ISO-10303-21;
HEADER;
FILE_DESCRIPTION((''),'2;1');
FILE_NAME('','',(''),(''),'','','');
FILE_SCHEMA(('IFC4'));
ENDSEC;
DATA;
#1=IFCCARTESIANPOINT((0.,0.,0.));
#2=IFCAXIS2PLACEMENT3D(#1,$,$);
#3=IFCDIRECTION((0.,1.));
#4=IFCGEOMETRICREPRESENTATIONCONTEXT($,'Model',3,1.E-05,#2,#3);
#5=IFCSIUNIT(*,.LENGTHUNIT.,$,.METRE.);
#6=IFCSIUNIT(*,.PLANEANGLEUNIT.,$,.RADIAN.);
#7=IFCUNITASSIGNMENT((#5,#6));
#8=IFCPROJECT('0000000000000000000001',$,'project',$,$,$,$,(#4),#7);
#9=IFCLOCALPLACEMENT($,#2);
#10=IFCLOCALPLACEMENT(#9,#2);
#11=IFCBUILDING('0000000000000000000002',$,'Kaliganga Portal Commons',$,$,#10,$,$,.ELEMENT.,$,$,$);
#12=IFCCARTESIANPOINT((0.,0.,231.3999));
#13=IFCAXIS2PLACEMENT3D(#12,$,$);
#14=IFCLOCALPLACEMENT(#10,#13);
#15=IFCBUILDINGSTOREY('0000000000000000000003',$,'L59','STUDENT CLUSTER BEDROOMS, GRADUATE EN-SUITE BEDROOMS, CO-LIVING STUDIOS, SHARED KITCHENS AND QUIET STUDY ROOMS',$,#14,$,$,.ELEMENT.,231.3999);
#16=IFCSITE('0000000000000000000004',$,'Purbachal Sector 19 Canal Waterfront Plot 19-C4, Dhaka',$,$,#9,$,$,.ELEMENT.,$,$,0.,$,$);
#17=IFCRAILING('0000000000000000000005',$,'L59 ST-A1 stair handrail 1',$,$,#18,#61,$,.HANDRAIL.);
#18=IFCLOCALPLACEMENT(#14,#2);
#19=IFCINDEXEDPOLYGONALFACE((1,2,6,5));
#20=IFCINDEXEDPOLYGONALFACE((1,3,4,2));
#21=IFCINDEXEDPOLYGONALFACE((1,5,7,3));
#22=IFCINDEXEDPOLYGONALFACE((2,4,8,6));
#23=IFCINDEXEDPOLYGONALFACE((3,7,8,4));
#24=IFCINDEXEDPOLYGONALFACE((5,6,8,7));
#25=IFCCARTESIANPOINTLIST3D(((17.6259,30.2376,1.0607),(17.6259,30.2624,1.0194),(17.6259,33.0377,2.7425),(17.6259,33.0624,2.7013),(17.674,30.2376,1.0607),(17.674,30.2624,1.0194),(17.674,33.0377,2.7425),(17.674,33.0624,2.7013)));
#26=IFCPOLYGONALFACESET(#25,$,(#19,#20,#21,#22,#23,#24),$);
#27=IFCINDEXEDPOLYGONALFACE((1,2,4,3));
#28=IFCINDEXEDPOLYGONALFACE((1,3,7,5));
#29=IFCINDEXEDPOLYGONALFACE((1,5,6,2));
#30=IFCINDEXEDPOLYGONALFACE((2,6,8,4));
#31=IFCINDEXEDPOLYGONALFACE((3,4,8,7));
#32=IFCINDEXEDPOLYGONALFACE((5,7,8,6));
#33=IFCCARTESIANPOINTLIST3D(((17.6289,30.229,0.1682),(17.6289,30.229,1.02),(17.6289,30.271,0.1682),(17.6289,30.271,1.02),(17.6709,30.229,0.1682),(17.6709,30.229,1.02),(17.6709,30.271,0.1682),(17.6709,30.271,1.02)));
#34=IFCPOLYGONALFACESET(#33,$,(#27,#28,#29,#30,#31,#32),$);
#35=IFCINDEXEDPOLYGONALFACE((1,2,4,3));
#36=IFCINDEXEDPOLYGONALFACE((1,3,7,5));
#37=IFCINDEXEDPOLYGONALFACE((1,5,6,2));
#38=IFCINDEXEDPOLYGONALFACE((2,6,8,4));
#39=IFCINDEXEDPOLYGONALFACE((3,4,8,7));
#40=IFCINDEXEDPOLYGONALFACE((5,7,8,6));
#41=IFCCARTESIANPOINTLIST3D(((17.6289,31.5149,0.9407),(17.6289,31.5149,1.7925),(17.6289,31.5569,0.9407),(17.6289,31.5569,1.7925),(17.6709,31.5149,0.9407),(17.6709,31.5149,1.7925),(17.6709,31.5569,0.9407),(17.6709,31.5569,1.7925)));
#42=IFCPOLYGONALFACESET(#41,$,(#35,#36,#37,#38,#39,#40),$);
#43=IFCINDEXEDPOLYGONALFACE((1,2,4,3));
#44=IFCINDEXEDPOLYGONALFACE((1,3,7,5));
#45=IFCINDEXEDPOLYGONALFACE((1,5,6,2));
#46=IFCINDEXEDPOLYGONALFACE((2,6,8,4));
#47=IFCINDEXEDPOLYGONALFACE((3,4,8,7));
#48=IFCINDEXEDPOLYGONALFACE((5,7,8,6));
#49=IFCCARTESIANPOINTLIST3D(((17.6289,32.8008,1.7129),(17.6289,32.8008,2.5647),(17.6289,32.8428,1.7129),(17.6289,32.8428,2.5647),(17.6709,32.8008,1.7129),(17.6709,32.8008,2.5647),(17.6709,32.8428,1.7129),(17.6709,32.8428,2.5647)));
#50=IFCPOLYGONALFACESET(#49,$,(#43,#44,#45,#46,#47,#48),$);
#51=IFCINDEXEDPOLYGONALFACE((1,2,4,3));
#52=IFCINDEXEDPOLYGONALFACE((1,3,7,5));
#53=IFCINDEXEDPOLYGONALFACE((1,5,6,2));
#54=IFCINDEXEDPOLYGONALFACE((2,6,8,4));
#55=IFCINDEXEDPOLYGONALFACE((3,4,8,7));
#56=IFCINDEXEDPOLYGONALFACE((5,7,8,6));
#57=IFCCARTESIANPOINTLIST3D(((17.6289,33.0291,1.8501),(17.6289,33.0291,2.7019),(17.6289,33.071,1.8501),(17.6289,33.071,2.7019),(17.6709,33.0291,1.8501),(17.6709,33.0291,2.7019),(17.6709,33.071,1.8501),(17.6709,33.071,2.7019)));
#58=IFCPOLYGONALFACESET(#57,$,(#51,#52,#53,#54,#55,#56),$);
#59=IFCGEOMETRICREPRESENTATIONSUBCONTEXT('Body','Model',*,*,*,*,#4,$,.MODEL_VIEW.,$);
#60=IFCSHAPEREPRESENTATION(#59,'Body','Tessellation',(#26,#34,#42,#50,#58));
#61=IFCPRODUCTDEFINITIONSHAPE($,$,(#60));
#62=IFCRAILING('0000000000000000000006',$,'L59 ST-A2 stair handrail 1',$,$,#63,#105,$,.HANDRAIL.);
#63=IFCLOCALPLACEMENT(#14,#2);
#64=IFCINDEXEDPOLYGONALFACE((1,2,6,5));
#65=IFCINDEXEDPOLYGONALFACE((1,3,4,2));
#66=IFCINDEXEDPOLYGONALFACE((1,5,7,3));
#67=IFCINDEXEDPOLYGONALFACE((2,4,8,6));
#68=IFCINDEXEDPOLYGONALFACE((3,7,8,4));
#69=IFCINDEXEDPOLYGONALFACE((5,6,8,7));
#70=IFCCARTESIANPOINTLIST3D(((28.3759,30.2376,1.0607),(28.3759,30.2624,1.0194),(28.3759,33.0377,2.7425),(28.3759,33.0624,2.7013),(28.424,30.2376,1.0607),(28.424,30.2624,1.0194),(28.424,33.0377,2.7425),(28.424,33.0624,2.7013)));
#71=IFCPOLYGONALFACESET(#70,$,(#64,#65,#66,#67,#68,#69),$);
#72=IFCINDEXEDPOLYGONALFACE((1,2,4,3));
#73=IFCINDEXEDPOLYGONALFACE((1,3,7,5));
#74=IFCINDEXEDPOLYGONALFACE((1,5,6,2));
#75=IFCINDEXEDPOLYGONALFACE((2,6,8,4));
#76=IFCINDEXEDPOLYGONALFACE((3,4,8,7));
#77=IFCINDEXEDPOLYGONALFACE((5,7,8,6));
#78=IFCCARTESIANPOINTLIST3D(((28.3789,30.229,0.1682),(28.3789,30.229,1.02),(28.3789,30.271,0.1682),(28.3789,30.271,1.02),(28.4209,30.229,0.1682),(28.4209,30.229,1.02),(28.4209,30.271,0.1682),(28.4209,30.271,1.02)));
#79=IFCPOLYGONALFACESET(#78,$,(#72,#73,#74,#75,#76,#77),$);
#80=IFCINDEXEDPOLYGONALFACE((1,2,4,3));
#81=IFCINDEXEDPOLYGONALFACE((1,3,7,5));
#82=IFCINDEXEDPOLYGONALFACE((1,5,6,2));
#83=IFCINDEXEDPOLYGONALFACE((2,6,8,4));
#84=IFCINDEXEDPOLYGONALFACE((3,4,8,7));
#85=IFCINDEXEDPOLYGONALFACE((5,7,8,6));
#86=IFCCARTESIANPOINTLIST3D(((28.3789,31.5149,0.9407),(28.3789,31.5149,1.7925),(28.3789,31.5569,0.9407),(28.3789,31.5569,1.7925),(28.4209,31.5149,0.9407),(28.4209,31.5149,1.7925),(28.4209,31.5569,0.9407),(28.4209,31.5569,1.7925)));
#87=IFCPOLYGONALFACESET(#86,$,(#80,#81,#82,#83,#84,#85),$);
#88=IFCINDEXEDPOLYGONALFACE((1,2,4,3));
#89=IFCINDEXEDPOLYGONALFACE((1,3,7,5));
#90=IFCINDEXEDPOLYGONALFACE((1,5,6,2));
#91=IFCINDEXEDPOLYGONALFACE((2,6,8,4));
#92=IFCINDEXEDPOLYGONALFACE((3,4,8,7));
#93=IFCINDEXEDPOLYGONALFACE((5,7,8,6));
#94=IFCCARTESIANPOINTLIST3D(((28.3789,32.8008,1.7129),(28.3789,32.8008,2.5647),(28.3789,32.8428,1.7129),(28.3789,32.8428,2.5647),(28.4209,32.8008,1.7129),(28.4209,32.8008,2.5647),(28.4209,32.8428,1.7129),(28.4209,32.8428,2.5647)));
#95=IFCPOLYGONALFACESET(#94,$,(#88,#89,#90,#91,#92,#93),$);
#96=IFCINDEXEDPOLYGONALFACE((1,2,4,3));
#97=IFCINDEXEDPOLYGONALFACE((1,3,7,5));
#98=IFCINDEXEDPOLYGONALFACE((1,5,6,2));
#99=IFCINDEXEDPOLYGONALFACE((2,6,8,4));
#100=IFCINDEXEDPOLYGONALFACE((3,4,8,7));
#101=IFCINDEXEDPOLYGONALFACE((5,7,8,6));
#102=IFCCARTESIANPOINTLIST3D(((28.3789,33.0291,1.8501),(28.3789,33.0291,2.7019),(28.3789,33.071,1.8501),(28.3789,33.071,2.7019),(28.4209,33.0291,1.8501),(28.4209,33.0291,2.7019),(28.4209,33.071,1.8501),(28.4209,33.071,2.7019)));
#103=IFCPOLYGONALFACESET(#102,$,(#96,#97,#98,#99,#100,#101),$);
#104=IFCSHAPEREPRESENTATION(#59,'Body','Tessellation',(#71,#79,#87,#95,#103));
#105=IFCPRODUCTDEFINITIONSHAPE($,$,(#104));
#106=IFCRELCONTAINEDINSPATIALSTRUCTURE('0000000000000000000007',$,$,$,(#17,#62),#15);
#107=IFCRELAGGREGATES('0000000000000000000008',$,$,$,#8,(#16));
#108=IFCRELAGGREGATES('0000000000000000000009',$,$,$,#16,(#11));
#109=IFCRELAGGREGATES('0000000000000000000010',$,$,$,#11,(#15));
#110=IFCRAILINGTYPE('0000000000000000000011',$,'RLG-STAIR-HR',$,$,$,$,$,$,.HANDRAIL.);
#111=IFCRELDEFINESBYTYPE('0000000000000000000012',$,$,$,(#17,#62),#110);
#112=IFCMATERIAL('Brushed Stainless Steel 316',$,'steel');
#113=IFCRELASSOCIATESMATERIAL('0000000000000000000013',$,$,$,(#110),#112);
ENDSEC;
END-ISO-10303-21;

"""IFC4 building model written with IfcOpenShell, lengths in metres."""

from ifc_helpers import new_model, si_unit, direction, frame, origin, origin_2d, place, context, subcontext, project, spatial, rectangle, extrude, material, type_object, element, save


model = new_model("IFC4")

# Units and contexts
model_context = context("Model", 3, precision=1e-05, world=origin(), true_north=direction((0.0, 1.0)))
body_context = subcontext(model_context, "Body", "Model", "MODEL_VIEW")
ifc_project = project(units=[si_unit("LENGTHUNIT", "METRE"), si_unit("PLANEANGLEUNIT", "RADIAN")], contexts=[model_context])

# Site, building, storey
site_placement = place(None, origin())
site = spatial("IfcSite", under=ifc_project, at=site_placement, Name="Purbachal Sector 19 Canal Waterfront Plot 19-C4, Dhaka", CompositionType="ELEMENT", RefElevation=0.0)
building_placement = place(site_placement, origin())
building = spatial("IfcBuilding", under=site, at=building_placement, Name="Kaliganga Portal Commons", CompositionType="ELEMENT")
storey_placement = place(building_placement, frame((0.0, 0.0, 231.3999)))
storey = spatial("IfcBuildingStorey", under=building, at=storey_placement, Name="L59", Description="STUDENT CLUSTER BEDROOMS, GRADUATE EN-SUITE BEDROOMS, CO-LIVING STUDIOS, SHARED KITCHENS AND QUIET STUDY ROOMS", CompositionType="ELEMENT", Elevation=231.3999)

# Railings
ifc_material_1 = material(Name="Brushed Stainless Steel 316", Category="steel")
railing_type_1 = type_object("IfcRailingType", Name="RLG-STAIR-HR", PredefinedType="HANDRAIL", material=ifc_material_1)
for number, where, name in (
    (1, (17.6499, 30.25, 0.1682), "L59 ST-A1 stair handrail 1"),
    (2, (28.3999, 30.25, 0.1682), "L59 ST-A2 stair handrail 1"),
):
    element("IfcRailing", number, at=place(storey_placement, frame(where)), inside=storey, type_object=railing_type_1, Name=name, PredefinedType="HANDRAIL", context=body_context, shape_type="SweptSolid", body=[
        extrude(rectangle(XDim=0.0481, YDim=0.0481, at=origin_2d()), frame((0.0, 0.0, 0.8718), z_axis=(0.0, 0.857242, 0.514913), x_axis=(-1.0, 0.0, 0.0)), (0.0, 0.0, 1.0), 3.2664),
        extrude(rectangle(XDim=0.042, YDim=0.042, at=origin_2d()), origin(), (0.0, 0.0, 1.0), 0.8518),
        extrude(rectangle(XDim=0.042, YDim=0.042, at=origin_2d()), frame((0.0, 1.2859, 0.7725)), (0.0, 0.0, 1.0), 0.8518),
        extrude(rectangle(XDim=0.042, YDim=0.042, at=origin_2d()), frame((0.0, 2.5718, 1.5447)), (0.0, 0.0, 1.0), 0.8518),
        extrude(rectangle(XDim=0.042, YDim=0.042, at=origin_2d()), frame((0.0, 2.8, 1.6819)), (0.0, 0.0, 1.0), 0.8518),
    ])

save(model, "model.ifc")
